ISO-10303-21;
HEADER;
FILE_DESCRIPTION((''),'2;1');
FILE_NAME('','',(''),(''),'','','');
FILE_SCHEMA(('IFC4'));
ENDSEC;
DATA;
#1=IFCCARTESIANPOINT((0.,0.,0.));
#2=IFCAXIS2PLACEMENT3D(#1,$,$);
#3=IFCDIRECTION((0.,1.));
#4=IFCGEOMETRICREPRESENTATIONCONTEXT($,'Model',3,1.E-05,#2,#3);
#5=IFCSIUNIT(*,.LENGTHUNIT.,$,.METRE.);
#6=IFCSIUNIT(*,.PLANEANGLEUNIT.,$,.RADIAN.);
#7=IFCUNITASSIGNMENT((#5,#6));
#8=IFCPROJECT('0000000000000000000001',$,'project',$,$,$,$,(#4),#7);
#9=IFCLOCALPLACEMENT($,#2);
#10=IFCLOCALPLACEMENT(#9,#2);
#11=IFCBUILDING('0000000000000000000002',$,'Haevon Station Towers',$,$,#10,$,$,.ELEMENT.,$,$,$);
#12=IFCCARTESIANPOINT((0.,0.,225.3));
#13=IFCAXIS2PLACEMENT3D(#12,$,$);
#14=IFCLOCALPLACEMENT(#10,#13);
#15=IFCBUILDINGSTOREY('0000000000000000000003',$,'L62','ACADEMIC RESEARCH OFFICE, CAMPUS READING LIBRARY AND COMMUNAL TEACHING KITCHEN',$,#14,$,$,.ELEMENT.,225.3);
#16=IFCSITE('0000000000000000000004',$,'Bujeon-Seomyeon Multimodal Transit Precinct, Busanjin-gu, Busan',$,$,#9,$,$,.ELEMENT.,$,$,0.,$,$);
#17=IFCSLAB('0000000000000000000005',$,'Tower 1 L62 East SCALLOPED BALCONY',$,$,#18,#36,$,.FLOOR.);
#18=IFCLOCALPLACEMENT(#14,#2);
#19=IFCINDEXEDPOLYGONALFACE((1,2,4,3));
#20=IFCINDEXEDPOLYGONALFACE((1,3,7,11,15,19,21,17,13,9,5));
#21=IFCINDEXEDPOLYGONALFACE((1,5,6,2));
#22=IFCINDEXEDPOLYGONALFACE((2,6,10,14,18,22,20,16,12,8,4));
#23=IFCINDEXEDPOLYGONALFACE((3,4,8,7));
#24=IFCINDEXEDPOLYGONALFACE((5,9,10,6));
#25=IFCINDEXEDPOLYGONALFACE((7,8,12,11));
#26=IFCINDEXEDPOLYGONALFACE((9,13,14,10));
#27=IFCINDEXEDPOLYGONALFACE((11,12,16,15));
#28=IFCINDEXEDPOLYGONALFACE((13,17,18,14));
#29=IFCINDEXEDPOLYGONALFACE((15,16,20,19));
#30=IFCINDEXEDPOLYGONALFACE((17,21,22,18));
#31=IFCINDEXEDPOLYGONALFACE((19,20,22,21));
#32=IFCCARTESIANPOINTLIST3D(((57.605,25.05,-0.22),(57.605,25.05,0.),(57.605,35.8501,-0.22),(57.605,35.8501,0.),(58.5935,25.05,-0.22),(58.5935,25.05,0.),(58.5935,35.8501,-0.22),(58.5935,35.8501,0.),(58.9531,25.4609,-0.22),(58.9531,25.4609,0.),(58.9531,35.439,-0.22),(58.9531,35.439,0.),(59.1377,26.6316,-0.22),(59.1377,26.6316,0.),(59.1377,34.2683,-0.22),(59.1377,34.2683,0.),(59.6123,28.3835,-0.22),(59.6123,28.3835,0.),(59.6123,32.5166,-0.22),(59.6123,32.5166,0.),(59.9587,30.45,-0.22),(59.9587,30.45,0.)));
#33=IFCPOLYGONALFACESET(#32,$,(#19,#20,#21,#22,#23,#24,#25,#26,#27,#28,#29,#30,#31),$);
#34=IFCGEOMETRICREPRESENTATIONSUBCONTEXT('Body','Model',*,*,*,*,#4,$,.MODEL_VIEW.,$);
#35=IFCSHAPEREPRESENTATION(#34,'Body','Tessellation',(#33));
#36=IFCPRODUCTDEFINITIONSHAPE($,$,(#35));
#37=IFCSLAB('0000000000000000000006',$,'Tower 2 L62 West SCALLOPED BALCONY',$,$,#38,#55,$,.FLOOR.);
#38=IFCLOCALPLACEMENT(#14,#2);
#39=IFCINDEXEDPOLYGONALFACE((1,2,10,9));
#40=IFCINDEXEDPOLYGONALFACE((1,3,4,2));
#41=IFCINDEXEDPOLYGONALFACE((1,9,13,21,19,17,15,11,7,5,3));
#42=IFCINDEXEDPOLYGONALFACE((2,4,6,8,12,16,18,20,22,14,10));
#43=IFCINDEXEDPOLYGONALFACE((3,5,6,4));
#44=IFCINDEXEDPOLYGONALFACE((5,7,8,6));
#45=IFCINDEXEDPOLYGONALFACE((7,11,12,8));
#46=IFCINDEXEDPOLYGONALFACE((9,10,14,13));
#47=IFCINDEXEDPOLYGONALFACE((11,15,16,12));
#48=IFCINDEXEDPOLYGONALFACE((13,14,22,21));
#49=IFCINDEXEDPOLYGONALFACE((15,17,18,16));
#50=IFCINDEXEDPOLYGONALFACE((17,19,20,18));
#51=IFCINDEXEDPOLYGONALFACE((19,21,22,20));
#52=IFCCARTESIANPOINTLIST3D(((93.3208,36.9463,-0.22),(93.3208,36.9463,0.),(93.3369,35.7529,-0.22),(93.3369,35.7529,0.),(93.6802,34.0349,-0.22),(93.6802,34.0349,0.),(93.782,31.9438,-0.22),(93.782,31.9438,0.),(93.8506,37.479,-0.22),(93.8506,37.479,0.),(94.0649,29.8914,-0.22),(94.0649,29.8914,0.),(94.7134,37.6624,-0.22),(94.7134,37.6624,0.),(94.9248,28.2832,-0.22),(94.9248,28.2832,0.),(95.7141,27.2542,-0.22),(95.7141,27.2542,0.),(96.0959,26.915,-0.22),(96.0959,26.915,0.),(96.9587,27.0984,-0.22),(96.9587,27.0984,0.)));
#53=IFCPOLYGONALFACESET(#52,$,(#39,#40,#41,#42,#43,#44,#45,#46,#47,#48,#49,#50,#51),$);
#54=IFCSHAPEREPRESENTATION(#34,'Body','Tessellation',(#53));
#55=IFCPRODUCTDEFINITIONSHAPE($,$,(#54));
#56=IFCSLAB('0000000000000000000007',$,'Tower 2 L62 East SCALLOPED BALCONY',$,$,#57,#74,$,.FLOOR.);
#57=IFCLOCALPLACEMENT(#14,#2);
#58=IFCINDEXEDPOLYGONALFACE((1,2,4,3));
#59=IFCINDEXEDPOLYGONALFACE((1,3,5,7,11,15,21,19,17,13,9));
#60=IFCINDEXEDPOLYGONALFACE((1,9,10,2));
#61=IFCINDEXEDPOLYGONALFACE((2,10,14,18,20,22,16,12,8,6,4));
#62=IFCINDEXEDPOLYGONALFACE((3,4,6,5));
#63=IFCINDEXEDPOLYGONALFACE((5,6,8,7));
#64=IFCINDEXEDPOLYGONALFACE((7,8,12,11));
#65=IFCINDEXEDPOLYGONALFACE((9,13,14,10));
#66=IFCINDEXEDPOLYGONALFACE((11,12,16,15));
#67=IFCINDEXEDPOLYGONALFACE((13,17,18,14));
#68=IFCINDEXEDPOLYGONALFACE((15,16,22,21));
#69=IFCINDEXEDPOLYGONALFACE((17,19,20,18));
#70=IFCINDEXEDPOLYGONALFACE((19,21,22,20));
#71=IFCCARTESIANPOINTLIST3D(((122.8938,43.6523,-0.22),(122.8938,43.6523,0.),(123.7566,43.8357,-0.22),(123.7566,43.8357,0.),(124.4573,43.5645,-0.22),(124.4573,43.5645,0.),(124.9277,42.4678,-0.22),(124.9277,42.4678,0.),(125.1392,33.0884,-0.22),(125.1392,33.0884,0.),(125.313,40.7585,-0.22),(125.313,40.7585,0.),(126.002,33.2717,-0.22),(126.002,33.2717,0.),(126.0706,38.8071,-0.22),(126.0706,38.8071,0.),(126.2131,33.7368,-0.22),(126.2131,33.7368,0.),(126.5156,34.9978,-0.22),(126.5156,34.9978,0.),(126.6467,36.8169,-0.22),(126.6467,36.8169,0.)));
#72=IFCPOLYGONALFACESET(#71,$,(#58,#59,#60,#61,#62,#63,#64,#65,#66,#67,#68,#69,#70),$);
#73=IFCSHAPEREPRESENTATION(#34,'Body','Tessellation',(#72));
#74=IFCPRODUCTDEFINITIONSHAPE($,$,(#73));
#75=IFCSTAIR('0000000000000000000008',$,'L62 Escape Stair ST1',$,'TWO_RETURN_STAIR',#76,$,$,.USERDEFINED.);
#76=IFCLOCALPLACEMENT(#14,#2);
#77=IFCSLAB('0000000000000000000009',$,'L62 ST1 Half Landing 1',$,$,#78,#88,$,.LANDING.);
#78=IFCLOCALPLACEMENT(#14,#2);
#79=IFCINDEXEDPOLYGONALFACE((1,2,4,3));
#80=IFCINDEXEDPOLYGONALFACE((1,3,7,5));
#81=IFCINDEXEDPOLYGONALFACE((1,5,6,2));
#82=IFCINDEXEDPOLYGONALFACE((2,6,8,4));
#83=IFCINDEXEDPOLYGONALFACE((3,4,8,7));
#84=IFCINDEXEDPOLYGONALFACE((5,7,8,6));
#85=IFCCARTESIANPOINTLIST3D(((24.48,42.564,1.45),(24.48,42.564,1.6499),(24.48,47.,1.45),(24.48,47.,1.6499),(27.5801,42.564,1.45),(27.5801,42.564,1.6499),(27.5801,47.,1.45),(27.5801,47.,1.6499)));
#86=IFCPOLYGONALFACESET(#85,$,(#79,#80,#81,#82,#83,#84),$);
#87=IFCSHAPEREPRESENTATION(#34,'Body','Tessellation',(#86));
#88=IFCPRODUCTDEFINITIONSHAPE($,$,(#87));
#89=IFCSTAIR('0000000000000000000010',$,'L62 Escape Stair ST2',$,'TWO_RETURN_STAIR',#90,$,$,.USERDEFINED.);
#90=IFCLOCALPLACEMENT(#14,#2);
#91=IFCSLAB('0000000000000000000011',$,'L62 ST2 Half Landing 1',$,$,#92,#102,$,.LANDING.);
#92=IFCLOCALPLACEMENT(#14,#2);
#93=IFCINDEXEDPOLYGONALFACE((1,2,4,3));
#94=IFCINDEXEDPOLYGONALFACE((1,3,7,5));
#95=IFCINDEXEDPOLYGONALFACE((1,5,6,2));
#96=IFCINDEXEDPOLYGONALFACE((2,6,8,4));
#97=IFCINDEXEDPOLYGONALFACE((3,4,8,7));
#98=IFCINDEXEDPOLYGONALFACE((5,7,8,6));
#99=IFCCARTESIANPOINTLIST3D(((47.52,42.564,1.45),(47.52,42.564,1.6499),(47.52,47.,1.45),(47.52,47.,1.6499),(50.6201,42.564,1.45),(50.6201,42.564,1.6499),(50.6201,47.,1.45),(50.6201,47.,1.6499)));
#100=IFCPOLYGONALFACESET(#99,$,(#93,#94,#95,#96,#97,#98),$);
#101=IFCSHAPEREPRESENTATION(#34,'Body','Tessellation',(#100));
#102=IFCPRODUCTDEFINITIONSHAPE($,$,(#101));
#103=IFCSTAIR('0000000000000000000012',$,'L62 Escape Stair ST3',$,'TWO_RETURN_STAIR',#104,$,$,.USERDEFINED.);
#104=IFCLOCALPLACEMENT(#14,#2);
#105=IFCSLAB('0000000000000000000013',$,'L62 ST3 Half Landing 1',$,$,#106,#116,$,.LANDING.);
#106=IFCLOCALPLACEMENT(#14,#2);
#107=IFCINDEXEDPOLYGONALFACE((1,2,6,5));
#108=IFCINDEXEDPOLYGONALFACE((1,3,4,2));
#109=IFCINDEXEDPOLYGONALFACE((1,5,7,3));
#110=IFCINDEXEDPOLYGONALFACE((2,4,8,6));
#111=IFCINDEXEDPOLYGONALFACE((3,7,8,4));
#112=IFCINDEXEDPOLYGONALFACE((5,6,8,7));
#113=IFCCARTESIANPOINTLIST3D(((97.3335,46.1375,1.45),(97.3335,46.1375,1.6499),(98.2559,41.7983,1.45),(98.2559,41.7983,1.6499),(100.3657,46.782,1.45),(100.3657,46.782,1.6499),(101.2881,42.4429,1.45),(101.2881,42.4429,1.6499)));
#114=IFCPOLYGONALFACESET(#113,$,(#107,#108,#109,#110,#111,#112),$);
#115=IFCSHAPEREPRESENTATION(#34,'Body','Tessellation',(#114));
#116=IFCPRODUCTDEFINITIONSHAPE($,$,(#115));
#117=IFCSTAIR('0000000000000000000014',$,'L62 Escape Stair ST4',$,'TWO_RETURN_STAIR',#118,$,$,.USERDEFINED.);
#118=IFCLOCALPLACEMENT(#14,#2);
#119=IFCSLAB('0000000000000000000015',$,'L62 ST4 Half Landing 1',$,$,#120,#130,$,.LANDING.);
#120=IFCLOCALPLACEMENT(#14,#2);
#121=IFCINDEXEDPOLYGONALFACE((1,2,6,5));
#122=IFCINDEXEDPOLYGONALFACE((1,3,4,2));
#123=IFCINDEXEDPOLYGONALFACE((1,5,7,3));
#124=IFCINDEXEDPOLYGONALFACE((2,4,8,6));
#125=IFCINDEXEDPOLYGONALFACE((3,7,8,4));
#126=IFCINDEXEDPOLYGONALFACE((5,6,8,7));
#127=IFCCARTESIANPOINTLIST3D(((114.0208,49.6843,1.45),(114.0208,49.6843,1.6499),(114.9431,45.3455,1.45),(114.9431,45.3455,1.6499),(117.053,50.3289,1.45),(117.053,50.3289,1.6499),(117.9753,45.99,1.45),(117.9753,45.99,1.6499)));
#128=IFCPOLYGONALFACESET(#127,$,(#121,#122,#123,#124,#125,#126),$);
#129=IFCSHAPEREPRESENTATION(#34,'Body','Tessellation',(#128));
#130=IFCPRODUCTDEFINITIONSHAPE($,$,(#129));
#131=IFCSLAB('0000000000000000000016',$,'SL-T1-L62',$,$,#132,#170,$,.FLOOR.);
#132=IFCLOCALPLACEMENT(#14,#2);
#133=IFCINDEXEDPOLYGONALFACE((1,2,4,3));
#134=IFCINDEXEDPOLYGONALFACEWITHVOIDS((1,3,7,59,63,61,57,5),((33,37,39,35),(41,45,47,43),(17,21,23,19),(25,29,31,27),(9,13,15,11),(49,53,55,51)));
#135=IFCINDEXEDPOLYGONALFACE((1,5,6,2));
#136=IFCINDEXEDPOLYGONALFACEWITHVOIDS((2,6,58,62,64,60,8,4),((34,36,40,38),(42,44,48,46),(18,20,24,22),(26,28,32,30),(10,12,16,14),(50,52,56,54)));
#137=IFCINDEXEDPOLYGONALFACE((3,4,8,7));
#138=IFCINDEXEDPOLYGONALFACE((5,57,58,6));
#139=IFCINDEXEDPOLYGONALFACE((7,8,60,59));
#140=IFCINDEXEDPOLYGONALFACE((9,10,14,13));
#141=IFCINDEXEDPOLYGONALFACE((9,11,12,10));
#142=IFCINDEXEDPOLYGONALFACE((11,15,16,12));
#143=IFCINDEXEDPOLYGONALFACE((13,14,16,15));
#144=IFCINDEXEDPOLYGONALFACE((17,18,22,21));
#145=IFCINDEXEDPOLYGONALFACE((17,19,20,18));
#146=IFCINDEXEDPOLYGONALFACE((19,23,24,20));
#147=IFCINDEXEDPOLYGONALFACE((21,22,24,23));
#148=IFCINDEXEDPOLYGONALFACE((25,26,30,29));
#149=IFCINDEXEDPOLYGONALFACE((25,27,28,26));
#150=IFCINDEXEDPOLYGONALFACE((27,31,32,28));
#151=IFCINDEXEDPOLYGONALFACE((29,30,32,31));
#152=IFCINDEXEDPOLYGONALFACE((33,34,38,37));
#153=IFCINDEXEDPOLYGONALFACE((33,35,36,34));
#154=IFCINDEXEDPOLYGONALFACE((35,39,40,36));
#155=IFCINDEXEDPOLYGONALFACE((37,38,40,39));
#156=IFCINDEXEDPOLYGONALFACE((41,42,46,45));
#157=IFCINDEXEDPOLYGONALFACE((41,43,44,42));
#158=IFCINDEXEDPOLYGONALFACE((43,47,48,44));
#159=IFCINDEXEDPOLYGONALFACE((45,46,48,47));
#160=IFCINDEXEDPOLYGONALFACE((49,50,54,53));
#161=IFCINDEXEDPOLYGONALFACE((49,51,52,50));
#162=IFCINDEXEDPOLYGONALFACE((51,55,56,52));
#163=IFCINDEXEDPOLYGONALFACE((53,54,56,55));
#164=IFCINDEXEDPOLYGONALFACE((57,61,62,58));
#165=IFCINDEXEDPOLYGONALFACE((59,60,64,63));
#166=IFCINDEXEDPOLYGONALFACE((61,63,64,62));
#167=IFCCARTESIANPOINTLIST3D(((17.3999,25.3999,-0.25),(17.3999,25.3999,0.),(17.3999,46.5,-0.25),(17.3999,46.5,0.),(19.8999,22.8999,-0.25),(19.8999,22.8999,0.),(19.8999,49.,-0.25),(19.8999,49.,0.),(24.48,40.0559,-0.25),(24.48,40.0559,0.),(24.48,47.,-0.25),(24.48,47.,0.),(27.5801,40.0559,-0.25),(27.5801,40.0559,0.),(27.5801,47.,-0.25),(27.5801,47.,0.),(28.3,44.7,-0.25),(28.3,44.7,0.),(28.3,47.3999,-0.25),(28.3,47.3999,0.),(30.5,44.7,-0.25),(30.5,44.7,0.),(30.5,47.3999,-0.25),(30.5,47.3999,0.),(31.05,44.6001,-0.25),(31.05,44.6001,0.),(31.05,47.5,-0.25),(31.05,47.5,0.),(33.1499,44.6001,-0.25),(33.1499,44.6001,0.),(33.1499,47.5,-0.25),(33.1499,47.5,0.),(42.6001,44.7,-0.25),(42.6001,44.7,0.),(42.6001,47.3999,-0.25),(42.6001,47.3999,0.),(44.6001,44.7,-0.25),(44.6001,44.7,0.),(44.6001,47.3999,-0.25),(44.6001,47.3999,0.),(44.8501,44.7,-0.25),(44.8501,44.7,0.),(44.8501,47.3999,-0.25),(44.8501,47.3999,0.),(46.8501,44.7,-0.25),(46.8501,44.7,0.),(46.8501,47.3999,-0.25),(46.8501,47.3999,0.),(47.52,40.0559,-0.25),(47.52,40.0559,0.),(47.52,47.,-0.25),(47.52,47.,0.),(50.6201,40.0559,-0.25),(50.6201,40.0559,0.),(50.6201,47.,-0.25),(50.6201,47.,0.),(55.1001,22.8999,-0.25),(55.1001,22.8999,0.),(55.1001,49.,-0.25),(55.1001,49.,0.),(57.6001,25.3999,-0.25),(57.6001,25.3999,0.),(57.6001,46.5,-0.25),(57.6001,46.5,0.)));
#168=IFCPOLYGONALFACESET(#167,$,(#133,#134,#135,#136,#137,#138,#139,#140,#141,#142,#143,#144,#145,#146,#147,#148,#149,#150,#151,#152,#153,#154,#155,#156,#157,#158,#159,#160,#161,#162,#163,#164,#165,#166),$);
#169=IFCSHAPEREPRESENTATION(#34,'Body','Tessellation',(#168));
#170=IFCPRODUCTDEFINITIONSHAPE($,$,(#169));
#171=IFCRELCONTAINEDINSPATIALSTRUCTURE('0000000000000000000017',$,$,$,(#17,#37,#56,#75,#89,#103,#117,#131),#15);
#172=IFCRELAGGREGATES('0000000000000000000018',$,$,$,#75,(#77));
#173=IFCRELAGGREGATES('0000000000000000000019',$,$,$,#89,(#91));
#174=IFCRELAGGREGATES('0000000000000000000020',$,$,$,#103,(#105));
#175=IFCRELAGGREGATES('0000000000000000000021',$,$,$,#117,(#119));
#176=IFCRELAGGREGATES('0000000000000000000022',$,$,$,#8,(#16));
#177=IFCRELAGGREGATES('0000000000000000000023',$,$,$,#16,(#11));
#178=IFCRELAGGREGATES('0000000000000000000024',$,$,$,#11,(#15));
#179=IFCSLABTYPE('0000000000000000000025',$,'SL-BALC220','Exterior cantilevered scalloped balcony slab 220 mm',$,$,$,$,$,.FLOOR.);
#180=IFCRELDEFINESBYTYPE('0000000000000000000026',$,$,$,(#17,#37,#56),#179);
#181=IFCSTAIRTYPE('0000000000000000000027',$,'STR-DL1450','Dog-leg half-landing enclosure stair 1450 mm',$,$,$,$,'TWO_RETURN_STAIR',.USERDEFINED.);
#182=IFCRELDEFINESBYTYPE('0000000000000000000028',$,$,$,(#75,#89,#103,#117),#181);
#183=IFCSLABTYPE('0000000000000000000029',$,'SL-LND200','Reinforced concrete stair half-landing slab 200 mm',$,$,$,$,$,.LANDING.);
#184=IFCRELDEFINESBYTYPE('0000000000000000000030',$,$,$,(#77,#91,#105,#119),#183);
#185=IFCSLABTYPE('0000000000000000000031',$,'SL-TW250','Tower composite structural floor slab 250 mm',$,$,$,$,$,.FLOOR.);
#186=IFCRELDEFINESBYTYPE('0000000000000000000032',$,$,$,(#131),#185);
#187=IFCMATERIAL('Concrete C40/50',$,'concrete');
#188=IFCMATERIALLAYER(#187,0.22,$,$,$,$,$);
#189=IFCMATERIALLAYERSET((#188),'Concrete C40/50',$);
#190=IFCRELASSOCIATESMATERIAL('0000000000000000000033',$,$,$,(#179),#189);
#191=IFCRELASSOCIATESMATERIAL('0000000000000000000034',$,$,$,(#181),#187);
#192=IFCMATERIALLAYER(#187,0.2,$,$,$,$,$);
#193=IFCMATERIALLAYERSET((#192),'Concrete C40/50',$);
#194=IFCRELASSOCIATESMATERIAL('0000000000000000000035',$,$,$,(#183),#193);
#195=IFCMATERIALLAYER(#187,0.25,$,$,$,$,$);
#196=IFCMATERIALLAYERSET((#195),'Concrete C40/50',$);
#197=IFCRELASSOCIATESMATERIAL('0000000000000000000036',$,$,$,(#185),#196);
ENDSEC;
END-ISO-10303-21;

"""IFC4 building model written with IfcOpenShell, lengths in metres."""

from ifc_helpers import new_model, si_unit, direction, frame, origin, place, context, subcontext, project, spatial, polyline, outline, extrude, material, layer, layer_set, type_object, element, aggregate, save


model = new_model("IFC4")

# Units and contexts
model_context = context("Model", 3, precision=1e-05, world=origin(), true_north=direction((0.0, 1.0)))
body_context = subcontext(model_context, "Body", "Model", "MODEL_VIEW")
ifc_project = project(units=[si_unit("LENGTHUNIT", "METRE"), si_unit("PLANEANGLEUNIT", "RADIAN")], contexts=[model_context])

# Site, building, storey
site_placement = place(None, origin())
site = spatial("IfcSite", under=ifc_project, at=site_placement, Name="Bujeon-Seomyeon Multimodal Transit Precinct, Busanjin-gu, Busan", CompositionType="ELEMENT", RefElevation=0.0)
building_placement = place(site_placement, origin())
building = spatial("IfcBuilding", under=site, at=building_placement, Name="Haevon Station Towers", CompositionType="ELEMENT")
storey_placement = place(building_placement, frame((0.0, 0.0, 225.3)))
storey = spatial("IfcBuildingStorey", under=building, at=storey_placement, Name="L62", Description="ACADEMIC RESEARCH OFFICE, CAMPUS READING LIBRARY AND COMMUNAL TEACHING KITCHEN", CompositionType="ELEMENT", Elevation=225.3)

# Slabs
ifc_material_1 = material(Name="Concrete C40/50", Category="concrete")
ifc_layer_1 = layer(ifc_material_1, 0.22)
ifc_layer_set_1 = layer_set([ifc_layer_1], Name="Concrete C40/50")
slab_type_1 = type_object("IfcSlabType", Name="SL-BALC220", Description="Exterior cantilevered scalloped balcony slab 220 mm", PredefinedType="FLOOR", material=ifc_layer_set_1)
slab_1_placement = place(storey_placement, frame((0.0, 0.0, -0.22)))
element("IfcSlab", 1, at=slab_1_placement, inside=storey, type_object=slab_type_1, Name="Tower 1 L62 East SCALLOPED BALCONY", PredefinedType="FLOOR", context=body_context, shape_type="SweptSolid", body=[
    extrude(outline(polyline([(57.605, 25.05), (58.5935, 25.05), (58.9531, 25.4609), (59.1377, 26.6316), (59.6123, 28.3835), (59.9587, 30.45), (59.6123, 32.5166), (59.1377, 34.2683), (58.9531, 35.439), (58.5935, 35.8501), (57.605, 35.8501), (57.605, 25.05)])), origin(), (0.0, 0.0, 1.0), 0.22),
])
slab_2_placement = place(storey_placement, frame((0.0, 0.0, -0.22)))
element("IfcSlab", 2, at=slab_2_placement, inside=storey, type_object=slab_type_1, Name="Tower 2 L62 West SCALLOPED BALCONY", PredefinedType="FLOOR", context=body_context, shape_type="SweptSolid", body=[
    extrude(outline(polyline([(94.7134, 37.6624), (93.8506, 37.479), (93.3208, 36.9463), (93.3369, 35.7529), (93.6802, 34.0349), (93.782, 31.9438), (94.0649, 29.8914), (94.9248, 28.2832), (95.7141, 27.2542), (96.0959, 26.915), (96.9587, 27.0984), (94.7134, 37.6624)])), origin(), (0.0, 0.0, 1.0), 0.22),
])
slab_3_placement = place(storey_placement, frame((0.0, 0.0, -0.22)))
element("IfcSlab", 3, at=slab_3_placement, inside=storey, type_object=slab_type_1, Name="Tower 2 L62 East SCALLOPED BALCONY", PredefinedType="FLOOR", context=body_context, shape_type="SweptSolid", body=[
    extrude(outline(polyline([(125.1392, 33.0884), (126.002, 33.2717), (126.2131, 33.7368), (126.5156, 34.9978), (126.6467, 36.8169), (126.0706, 38.8071), (125.313, 40.7585), (124.9277, 42.4678), (124.4573, 43.5645), (123.7566, 43.8357), (122.8938, 43.6523), (125.1392, 33.0884)])), origin(), (0.0, 0.0, 1.0), 0.22),
])

# Stairs, slabs
stair_type = type_object("IfcStairType", Name="STR-DL1450", Description="Dog-leg half-landing enclosure stair 1450 mm", ElementType="TWO_RETURN_STAIR", PredefinedType="USERDEFINED", material=ifc_material_1)
stair_1_placement = place(storey_placement, origin())
stair_1 = element("IfcStair", 4, at=stair_1_placement, inside=storey, type_object=stair_type, Name="L62 Escape Stair ST1", ObjectType="TWO_RETURN_STAIR", PredefinedType="USERDEFINED")
ifc_layer_2 = layer(ifc_material_1, 0.2)
ifc_layer_set_2 = layer_set([ifc_layer_2], Name="Concrete C40/50")
slab_type_2 = type_object("IfcSlabType", Name="SL-LND200", Description="Reinforced concrete stair half-landing slab 200 mm", PredefinedType="LANDING", material=ifc_layer_set_2)
slab_4_placement = place(storey_placement, frame((0.0, 0.0, 1.45)))
slab_4 = element("IfcSlab", 5, at=slab_4_placement, type_object=slab_type_2, Name="L62 ST1 Half Landing 1", PredefinedType="LANDING", context=body_context, shape_type="SweptSolid", body=[
    extrude(outline(polyline([(27.5801, 42.564), (27.5801, 47.0), (24.48, 47.0), (24.48, 42.564), (27.5801, 42.564)])), origin(), (0.0, 0.0, 1.0), 0.2),
])
aggregate(stair_1, [slab_4])
stair_2_placement = place(storey_placement, origin())
stair_2 = element("IfcStair", 6, at=stair_2_placement, inside=storey, type_object=stair_type, Name="L62 Escape Stair ST2", ObjectType="TWO_RETURN_STAIR", PredefinedType="USERDEFINED")
slab_5_placement = place(storey_placement, frame((0.0, 0.0, 1.45)))
slab_5 = element("IfcSlab", 7, at=slab_5_placement, type_object=slab_type_2, Name="L62 ST2 Half Landing 1", PredefinedType="LANDING", context=body_context, shape_type="SweptSolid", body=[
    extrude(outline(polyline([(50.6201, 42.564), (50.6201, 47.0), (47.52, 47.0), (47.52, 42.564), (50.6201, 42.564)])), origin(), (0.0, 0.0, 1.0), 0.2),
])
aggregate(stair_2, [slab_5])
stair_3_placement = place(storey_placement, origin())
stair_3 = element("IfcStair", 8, at=stair_3_placement, inside=storey, type_object=stair_type, Name="L62 Escape Stair ST3", ObjectType="TWO_RETURN_STAIR", PredefinedType="USERDEFINED")
slab_6_placement = place(storey_placement, frame((0.0, 0.0, 1.45)))
slab_6 = element("IfcSlab", 9, at=slab_6_placement, type_object=slab_type_2, Name="L62 ST3 Half Landing 1", PredefinedType="LANDING", context=body_context, shape_type="SweptSolid", body=[
    extrude(outline(polyline([(101.2881, 42.4429), (100.3657, 46.782), (97.3335, 46.1375), (98.2559, 41.7983), (101.2881, 42.4429)])), origin(), (0.0, 0.0, 1.0), 0.2),
])
aggregate(stair_3, [slab_6])
stair_4_placement = place(storey_placement, origin())
stair_4 = element("IfcStair", 10, at=stair_4_placement, inside=storey, type_object=stair_type, Name="L62 Escape Stair ST4", ObjectType="TWO_RETURN_STAIR", PredefinedType="USERDEFINED")
slab_7_placement = place(storey_placement, frame((0.0, 0.0, 1.45)))
slab_7 = element("IfcSlab", 11, at=slab_7_placement, type_object=slab_type_2, Name="L62 ST4 Half Landing 1", PredefinedType="LANDING", context=body_context, shape_type="SweptSolid", body=[
    extrude(outline(polyline([(117.9753, 45.99), (117.053, 50.3289), (114.0208, 49.6843), (114.9431, 45.3455), (117.9753, 45.99)])), origin(), (0.0, 0.0, 1.0), 0.2),
])
aggregate(stair_4, [slab_7])

# Slab
ifc_layer_3 = layer(ifc_material_1, 0.25)
ifc_layer_set_3 = layer_set([ifc_layer_3], Name="Concrete C40/50")
slab_type_3 = type_object("IfcSlabType", Name="SL-TW250", Description="Tower composite structural floor slab 250 mm", PredefinedType="FLOOR", material=ifc_layer_set_3)
slab_8_placement = place(storey_placement, frame((0.0, 0.0, -0.25)))
element("IfcSlab", 12, at=slab_8_placement, inside=storey, type_object=slab_type_3, Name="SL-T1-L62", PredefinedType="FLOOR", context=body_context, shape_type="SweptSolid", body=[
    extrude(outline(polyline([(19.8999, 22.8999), (55.1001, 22.8999), (57.6001, 25.3999), (57.6001, 46.5), (55.1001, 49.0), (19.8999, 49.0), (17.3999, 46.5), (17.3999, 25.3999), (19.8999, 22.8999)]), holes=[polyline([(27.5801, 40.0559), (27.5801, 47.0), (24.48, 47.0), (24.48, 40.0559), (27.5801, 40.0559)]), polyline([(50.6201, 40.0559), (50.6201, 47.0), (47.52, 47.0), (47.52, 40.0559), (50.6201, 40.0559)]), polyline([(28.3, 44.7), (30.5, 44.7), (30.5, 47.3999), (28.3, 47.3999), (28.3, 44.7)]), polyline([(31.05, 44.6001), (33.1499, 44.6001), (33.1499, 47.5), (31.05, 47.5), (31.05, 44.6001)]), polyline([(42.6001, 44.7), (44.6001, 44.7), (44.6001, 47.3999), (42.6001, 47.3999), (42.6001, 44.7)]), polyline([(44.8501, 44.7), (46.8501, 44.7), (46.8501, 47.3999), (44.8501, 47.3999), (44.8501, 44.7)])]), origin(), (0.0, 0.0, 1.0), 0.25),
])

save(model, "model.ifc")
